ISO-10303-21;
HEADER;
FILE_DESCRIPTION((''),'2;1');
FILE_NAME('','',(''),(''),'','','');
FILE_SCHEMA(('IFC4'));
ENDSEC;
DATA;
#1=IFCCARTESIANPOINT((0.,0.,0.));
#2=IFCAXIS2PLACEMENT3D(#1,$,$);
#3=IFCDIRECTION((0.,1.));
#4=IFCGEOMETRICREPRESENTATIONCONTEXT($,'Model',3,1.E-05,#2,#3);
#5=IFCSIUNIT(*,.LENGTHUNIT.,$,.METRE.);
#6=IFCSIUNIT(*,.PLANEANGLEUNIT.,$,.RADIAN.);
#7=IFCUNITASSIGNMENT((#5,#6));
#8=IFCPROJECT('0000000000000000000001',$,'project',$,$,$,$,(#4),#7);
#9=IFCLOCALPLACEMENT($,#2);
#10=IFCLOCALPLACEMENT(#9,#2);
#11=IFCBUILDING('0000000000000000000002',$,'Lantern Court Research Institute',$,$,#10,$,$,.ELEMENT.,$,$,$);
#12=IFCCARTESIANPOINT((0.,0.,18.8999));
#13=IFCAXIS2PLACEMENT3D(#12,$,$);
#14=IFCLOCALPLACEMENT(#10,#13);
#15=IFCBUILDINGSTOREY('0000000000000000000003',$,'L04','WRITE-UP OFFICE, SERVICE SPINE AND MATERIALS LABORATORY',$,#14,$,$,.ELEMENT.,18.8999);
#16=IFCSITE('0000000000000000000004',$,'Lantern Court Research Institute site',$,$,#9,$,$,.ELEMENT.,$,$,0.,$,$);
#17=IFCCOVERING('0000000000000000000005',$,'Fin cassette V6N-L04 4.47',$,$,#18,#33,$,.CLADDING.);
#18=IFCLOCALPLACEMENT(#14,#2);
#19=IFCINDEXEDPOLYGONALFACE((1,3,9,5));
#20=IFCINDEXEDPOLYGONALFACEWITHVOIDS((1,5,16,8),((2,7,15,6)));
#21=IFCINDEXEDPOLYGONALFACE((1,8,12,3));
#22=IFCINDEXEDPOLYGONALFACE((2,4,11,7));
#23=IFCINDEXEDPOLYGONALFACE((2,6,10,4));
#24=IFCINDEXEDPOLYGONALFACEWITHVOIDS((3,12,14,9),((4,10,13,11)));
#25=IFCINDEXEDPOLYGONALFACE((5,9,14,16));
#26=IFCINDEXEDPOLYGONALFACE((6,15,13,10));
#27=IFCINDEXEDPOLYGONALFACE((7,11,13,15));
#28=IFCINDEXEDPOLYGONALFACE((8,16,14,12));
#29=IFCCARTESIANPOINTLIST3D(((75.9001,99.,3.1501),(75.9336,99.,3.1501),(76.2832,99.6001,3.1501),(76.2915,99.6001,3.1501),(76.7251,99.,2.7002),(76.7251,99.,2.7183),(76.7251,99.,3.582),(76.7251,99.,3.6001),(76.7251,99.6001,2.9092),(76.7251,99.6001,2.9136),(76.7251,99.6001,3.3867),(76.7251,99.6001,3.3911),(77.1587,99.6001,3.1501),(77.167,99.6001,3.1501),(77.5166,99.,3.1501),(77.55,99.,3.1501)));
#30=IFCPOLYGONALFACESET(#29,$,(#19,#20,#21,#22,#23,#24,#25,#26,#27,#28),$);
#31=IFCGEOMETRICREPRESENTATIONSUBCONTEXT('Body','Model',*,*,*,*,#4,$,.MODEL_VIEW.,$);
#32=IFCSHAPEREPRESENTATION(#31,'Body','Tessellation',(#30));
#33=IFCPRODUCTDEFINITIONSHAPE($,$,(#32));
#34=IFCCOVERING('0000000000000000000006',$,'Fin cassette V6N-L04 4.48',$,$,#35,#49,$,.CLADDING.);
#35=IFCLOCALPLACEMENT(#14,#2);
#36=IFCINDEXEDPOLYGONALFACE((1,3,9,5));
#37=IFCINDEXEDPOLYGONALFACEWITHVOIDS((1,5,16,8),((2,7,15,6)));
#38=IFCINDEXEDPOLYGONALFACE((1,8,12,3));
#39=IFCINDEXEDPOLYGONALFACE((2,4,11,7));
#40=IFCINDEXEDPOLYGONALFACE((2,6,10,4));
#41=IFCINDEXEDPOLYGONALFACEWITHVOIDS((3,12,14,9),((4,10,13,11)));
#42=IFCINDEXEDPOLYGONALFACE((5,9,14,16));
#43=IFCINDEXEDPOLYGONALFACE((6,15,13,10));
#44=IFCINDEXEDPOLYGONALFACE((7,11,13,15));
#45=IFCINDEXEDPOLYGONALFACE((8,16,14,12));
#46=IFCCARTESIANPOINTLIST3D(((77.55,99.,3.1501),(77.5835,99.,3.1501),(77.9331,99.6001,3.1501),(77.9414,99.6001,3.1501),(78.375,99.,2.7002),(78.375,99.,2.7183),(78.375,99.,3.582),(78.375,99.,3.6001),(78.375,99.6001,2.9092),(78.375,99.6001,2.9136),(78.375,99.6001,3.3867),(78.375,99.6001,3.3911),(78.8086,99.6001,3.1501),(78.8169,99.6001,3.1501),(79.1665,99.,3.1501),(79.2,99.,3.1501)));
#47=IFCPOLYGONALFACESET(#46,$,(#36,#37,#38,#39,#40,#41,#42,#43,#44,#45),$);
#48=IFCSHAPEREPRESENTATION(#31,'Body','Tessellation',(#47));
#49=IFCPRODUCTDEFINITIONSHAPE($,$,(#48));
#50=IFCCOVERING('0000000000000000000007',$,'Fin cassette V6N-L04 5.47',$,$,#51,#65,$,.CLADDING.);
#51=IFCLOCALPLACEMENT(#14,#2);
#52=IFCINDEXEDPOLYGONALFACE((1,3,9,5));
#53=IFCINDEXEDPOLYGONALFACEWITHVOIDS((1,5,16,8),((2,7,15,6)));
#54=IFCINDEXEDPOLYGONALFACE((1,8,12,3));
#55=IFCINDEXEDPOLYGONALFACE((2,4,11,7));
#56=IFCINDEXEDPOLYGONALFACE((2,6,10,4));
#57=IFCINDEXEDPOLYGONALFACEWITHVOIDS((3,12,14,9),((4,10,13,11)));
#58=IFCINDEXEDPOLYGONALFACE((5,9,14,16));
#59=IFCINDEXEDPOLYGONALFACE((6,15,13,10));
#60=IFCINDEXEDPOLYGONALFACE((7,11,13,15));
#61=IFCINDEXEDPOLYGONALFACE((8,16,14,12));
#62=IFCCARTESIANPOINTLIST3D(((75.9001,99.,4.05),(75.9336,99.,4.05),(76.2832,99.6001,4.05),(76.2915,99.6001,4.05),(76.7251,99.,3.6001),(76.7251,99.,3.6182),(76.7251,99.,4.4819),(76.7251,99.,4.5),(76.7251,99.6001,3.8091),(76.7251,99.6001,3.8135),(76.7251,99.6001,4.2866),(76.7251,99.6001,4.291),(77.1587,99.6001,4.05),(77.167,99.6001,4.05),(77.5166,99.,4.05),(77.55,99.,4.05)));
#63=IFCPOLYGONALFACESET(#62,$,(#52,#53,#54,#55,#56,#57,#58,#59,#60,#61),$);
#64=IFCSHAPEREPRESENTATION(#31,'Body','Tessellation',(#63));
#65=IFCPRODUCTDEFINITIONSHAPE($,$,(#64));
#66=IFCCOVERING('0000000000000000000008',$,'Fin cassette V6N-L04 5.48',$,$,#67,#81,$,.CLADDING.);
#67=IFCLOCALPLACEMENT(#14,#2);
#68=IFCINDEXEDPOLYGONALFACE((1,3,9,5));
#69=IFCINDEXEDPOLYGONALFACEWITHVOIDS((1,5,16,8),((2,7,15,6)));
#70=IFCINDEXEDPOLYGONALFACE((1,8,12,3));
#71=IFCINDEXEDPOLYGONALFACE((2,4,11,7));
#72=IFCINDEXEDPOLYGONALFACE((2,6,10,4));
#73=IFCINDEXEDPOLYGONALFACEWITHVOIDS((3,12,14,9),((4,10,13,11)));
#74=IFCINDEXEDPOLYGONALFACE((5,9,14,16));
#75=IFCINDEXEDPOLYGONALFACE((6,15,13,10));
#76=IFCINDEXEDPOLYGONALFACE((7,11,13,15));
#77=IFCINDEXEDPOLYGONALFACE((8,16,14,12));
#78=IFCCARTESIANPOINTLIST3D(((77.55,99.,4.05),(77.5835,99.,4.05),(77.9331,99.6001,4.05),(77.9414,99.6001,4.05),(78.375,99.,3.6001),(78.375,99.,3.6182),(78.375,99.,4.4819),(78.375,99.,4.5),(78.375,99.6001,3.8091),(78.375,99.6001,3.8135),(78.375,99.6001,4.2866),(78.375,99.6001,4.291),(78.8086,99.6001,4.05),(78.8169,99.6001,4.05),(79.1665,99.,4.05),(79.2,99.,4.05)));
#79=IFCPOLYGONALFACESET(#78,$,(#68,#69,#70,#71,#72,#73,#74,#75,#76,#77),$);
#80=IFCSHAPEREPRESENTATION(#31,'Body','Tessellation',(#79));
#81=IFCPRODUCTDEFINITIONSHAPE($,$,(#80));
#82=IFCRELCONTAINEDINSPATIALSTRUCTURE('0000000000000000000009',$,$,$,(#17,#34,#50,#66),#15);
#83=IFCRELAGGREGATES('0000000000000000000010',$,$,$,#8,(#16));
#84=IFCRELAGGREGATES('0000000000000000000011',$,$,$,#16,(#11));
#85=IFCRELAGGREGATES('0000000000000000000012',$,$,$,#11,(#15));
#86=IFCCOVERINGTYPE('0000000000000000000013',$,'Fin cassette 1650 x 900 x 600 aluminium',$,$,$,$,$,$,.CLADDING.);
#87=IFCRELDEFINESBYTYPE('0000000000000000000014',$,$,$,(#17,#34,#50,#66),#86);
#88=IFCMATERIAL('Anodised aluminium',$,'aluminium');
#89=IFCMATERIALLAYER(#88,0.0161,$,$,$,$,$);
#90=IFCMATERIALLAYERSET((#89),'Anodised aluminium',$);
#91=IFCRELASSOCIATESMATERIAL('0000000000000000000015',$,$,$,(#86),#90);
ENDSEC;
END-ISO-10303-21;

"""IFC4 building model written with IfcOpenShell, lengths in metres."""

from ifc_helpers import new_model, entity, si_unit, direction, frame, origin, place, context, subcontext, project, spatial, material, layer, layer_set, type_object, element, save


model = new_model("IFC4")

# Units and contexts
model_context = context("Model", 3, precision=1e-05, world=origin(), true_north=direction((0.0, 1.0)))
body_context = subcontext(model_context, "Body", "Model", "MODEL_VIEW")
ifc_project = project(units=[si_unit("LENGTHUNIT", "METRE"), si_unit("PLANEANGLEUNIT", "RADIAN")], contexts=[model_context])

# Site, building, storey
site_placement = place(None, origin())
site = spatial("IfcSite", under=ifc_project, at=site_placement, Name="Lantern Court Research Institute site", CompositionType="ELEMENT", RefElevation=0.0)
building_placement = place(site_placement, origin())
building = spatial("IfcBuilding", under=site, at=building_placement, Name="Lantern Court Research Institute", CompositionType="ELEMENT")
storey_placement = place(building_placement, frame((0.0, 0.0, 18.8999)))
storey = spatial("IfcBuildingStorey", under=building, at=storey_placement, Name="L04", Description="WRITE-UP OFFICE, SERVICE SPINE AND MATERIALS LABORATORY", CompositionType="ELEMENT", Elevation=18.8999)

# Coverings
ifc_material_1 = material(Name="Anodised aluminium", Category="aluminium")
ifc_layer_1 = layer(ifc_material_1, 0.0161)
ifc_layer_set_1 = layer_set([ifc_layer_1], Name="Anodised aluminium")
covering_type = type_object("IfcCoveringType", Name="Fin cassette 1650 x 900 x 600 aluminium", PredefinedType="CLADDING", material=ifc_layer_set_1)
covering_1_placement = place(storey_placement, frame((76.7251, 99.0, 3.1501), z_axis=(0.0, 1.0, 0.0), x_axis=(-1.0, 0.0, 0.0)))
cartesian_point_1 = entity("IfcCartesianPoint", [0.825, 0.0])
cartesian_point_2 = entity("IfcCartesianPoint", [0.7915, 0.0])
cartesian_point_3 = entity("IfcCartesianPoint", [0.4419, 0.0])
cartesian_point_4 = entity("IfcCartesianPoint", [0.4336, 0.0])
element("IfcCovering", 1, at=covering_1_placement, inside=storey, type_object=covering_type, Name="Fin cassette V6N-L04 4.47", PredefinedType="CLADDING", context=body_context, shape_type="SweptSolid", body=[
    entity("IfcExtrudedAreaSolidTapered", entity("IfcArbitraryProfileDefWithVoids", "AREA", None, entity("IfcPolyline", [cartesian_point_1, entity("IfcCartesianPoint", [0.0, 0.45]), entity("IfcCartesianPoint", [-0.825, 0.0]), entity("IfcCartesianPoint", [0.0, -0.45]), cartesian_point_1]), [entity("IfcPolyline", [cartesian_point_2, entity("IfcCartesianPoint", [0.0, 0.4319]), entity("IfcCartesianPoint", [-0.7915, 0.0]), entity("IfcCartesianPoint", [0.0, -0.4319]), cartesian_point_2])]), entity("IfcAxis2Placement3D", entity("IfcCartesianPoint", [0.0, 0.0, 0.0])), entity("IfcDirection", [0.0, 0.0, 1.0]), 0.6001, entity("IfcArbitraryProfileDefWithVoids", "AREA", None, entity("IfcPolyline", [cartesian_point_3, entity("IfcCartesianPoint", [0.0, 0.241]), entity("IfcCartesianPoint", [-0.4419, 0.0]), entity("IfcCartesianPoint", [0.0, -0.241]), cartesian_point_3]), [entity("IfcPolyline", [cartesian_point_4, entity("IfcCartesianPoint", [0.0, 0.2366]), entity("IfcCartesianPoint", [-0.4336, 0.0]), entity("IfcCartesianPoint", [0.0, -0.2366]), cartesian_point_4])])),
])
covering_2_placement = place(storey_placement, frame((78.375, 99.0, 3.1501), z_axis=(0.0, 1.0, 0.0), x_axis=(-1.0, 0.0, 0.0)))
cartesian_point_5 = entity("IfcCartesianPoint", [0.825, 0.0])
cartesian_point_6 = entity("IfcCartesianPoint", [0.7915, 0.0])
cartesian_point_7 = entity("IfcCartesianPoint", [0.4419, 0.0])
cartesian_point_8 = entity("IfcCartesianPoint", [0.4336, 0.0])
element("IfcCovering", 2, at=covering_2_placement, inside=storey, type_object=covering_type, Name="Fin cassette V6N-L04 4.48", PredefinedType="CLADDING", context=body_context, shape_type="SweptSolid", body=[
    entity("IfcExtrudedAreaSolidTapered", entity("IfcArbitraryProfileDefWithVoids", "AREA", None, entity("IfcPolyline", [cartesian_point_5, entity("IfcCartesianPoint", [0.0, 0.45]), entity("IfcCartesianPoint", [-0.825, 0.0]), entity("IfcCartesianPoint", [0.0, -0.45]), cartesian_point_5]), [entity("IfcPolyline", [cartesian_point_6, entity("IfcCartesianPoint", [0.0, 0.4319]), entity("IfcCartesianPoint", [-0.7915, 0.0]), entity("IfcCartesianPoint", [0.0, -0.4319]), cartesian_point_6])]), entity("IfcAxis2Placement3D", entity("IfcCartesianPoint", [0.0, 0.0, 0.0])), entity("IfcDirection", [0.0, 0.0, 1.0]), 0.6001, entity("IfcArbitraryProfileDefWithVoids", "AREA", None, entity("IfcPolyline", [cartesian_point_7, entity("IfcCartesianPoint", [0.0, 0.241]), entity("IfcCartesianPoint", [-0.4419, 0.0]), entity("IfcCartesianPoint", [0.0, -0.241]), cartesian_point_7]), [entity("IfcPolyline", [cartesian_point_8, entity("IfcCartesianPoint", [0.0, 0.2366]), entity("IfcCartesianPoint", [-0.4336, 0.0]), entity("IfcCartesianPoint", [0.0, -0.2366]), cartesian_point_8])])),
])
covering_3_placement = place(storey_placement, frame((76.7251, 99.0, 4.05), z_axis=(0.0, 1.0, 0.0), x_axis=(-1.0, 0.0, 0.0)))
cartesian_point_9 = entity("IfcCartesianPoint", [0.825, 0.0])
cartesian_point_10 = entity("IfcCartesianPoint", [0.7915, 0.0])
cartesian_point_11 = entity("IfcCartesianPoint", [0.4419, 0.0])
cartesian_point_12 = entity("IfcCartesianPoint", [0.4336, 0.0])
element("IfcCovering", 3, at=covering_3_placement, inside=storey, type_object=covering_type, Name="Fin cassette V6N-L04 5.47", PredefinedType="CLADDING", context=body_context, shape_type="SweptSolid", body=[
    entity("IfcExtrudedAreaSolidTapered", entity("IfcArbitraryProfileDefWithVoids", "AREA", None, entity("IfcPolyline", [cartesian_point_9, entity("IfcCartesianPoint", [0.0, 0.45]), entity("IfcCartesianPoint", [-0.825, 0.0]), entity("IfcCartesianPoint", [0.0, -0.45]), cartesian_point_9]), [entity("IfcPolyline", [cartesian_point_10, entity("IfcCartesianPoint", [0.0, 0.4319]), entity("IfcCartesianPoint", [-0.7915, 0.0]), entity("IfcCartesianPoint", [0.0, -0.4319]), cartesian_point_10])]), entity("IfcAxis2Placement3D", entity("IfcCartesianPoint", [0.0, 0.0, 0.0])), entity("IfcDirection", [0.0, 0.0, 1.0]), 0.6001, entity("IfcArbitraryProfileDefWithVoids", "AREA", None, entity("IfcPolyline", [cartesian_point_11, entity("IfcCartesianPoint", [0.0, 0.241]), entity("IfcCartesianPoint", [-0.4419, 0.0]), entity("IfcCartesianPoint", [0.0, -0.241]), cartesian_point_11]), [entity("IfcPolyline", [cartesian_point_12, entity("IfcCartesianPoint", [0.0, 0.2366]), entity("IfcCartesianPoint", [-0.4336, 0.0]), entity("IfcCartesianPoint", [0.0, -0.2366]), cartesian_point_12])])),
])
covering_4_placement = place(storey_placement, frame((78.375, 99.0, 4.05), z_axis=(0.0, 1.0, 0.0), x_axis=(-1.0, 0.0, 0.0)))
cartesian_point_13 = entity("IfcCartesianPoint", [0.825, 0.0])
cartesian_point_14 = entity("IfcCartesianPoint", [0.7915, 0.0])
cartesian_point_15 = entity("IfcCartesianPoint", [0.4419, 0.0])
cartesian_point_16 = entity("IfcCartesianPoint", [0.4336, 0.0])
element("IfcCovering", 4, at=covering_4_placement, inside=storey, type_object=covering_type, Name="Fin cassette V6N-L04 5.48", PredefinedType="CLADDING", context=body_context, shape_type="SweptSolid", body=[
    entity("IfcExtrudedAreaSolidTapered", entity("IfcArbitraryProfileDefWithVoids", "AREA", None, entity("IfcPolyline", [cartesian_point_13, entity("IfcCartesianPoint", [0.0, 0.45]), entity("IfcCartesianPoint", [-0.825, 0.0]), entity("IfcCartesianPoint", [0.0, -0.45]), cartesian_point_13]), [entity("IfcPolyline", [cartesian_point_14, entity("IfcCartesianPoint", [0.0, 0.4319]), entity("IfcCartesianPoint", [-0.7915, 0.0]), entity("IfcCartesianPoint", [0.0, -0.4319]), cartesian_point_14])]), entity("IfcAxis2Placement3D", entity("IfcCartesianPoint", [0.0, 0.0, 0.0])), entity("IfcDirection", [0.0, 0.0, 1.0]), 0.6001, entity("IfcArbitraryProfileDefWithVoids", "AREA", None, entity("IfcPolyline", [cartesian_point_15, entity("IfcCartesianPoint", [0.0, 0.241]), entity("IfcCartesianPoint", [-0.4419, 0.0]), entity("IfcCartesianPoint", [0.0, -0.241]), cartesian_point_15]), [entity("IfcPolyline", [cartesian_point_16, entity("IfcCartesianPoint", [0.0, 0.2366]), entity("IfcCartesianPoint", [-0.4336, 0.0]), entity("IfcCartesianPoint", [0.0, -0.2366]), cartesian_point_16])])),
])

save(model, "model.ifc")
